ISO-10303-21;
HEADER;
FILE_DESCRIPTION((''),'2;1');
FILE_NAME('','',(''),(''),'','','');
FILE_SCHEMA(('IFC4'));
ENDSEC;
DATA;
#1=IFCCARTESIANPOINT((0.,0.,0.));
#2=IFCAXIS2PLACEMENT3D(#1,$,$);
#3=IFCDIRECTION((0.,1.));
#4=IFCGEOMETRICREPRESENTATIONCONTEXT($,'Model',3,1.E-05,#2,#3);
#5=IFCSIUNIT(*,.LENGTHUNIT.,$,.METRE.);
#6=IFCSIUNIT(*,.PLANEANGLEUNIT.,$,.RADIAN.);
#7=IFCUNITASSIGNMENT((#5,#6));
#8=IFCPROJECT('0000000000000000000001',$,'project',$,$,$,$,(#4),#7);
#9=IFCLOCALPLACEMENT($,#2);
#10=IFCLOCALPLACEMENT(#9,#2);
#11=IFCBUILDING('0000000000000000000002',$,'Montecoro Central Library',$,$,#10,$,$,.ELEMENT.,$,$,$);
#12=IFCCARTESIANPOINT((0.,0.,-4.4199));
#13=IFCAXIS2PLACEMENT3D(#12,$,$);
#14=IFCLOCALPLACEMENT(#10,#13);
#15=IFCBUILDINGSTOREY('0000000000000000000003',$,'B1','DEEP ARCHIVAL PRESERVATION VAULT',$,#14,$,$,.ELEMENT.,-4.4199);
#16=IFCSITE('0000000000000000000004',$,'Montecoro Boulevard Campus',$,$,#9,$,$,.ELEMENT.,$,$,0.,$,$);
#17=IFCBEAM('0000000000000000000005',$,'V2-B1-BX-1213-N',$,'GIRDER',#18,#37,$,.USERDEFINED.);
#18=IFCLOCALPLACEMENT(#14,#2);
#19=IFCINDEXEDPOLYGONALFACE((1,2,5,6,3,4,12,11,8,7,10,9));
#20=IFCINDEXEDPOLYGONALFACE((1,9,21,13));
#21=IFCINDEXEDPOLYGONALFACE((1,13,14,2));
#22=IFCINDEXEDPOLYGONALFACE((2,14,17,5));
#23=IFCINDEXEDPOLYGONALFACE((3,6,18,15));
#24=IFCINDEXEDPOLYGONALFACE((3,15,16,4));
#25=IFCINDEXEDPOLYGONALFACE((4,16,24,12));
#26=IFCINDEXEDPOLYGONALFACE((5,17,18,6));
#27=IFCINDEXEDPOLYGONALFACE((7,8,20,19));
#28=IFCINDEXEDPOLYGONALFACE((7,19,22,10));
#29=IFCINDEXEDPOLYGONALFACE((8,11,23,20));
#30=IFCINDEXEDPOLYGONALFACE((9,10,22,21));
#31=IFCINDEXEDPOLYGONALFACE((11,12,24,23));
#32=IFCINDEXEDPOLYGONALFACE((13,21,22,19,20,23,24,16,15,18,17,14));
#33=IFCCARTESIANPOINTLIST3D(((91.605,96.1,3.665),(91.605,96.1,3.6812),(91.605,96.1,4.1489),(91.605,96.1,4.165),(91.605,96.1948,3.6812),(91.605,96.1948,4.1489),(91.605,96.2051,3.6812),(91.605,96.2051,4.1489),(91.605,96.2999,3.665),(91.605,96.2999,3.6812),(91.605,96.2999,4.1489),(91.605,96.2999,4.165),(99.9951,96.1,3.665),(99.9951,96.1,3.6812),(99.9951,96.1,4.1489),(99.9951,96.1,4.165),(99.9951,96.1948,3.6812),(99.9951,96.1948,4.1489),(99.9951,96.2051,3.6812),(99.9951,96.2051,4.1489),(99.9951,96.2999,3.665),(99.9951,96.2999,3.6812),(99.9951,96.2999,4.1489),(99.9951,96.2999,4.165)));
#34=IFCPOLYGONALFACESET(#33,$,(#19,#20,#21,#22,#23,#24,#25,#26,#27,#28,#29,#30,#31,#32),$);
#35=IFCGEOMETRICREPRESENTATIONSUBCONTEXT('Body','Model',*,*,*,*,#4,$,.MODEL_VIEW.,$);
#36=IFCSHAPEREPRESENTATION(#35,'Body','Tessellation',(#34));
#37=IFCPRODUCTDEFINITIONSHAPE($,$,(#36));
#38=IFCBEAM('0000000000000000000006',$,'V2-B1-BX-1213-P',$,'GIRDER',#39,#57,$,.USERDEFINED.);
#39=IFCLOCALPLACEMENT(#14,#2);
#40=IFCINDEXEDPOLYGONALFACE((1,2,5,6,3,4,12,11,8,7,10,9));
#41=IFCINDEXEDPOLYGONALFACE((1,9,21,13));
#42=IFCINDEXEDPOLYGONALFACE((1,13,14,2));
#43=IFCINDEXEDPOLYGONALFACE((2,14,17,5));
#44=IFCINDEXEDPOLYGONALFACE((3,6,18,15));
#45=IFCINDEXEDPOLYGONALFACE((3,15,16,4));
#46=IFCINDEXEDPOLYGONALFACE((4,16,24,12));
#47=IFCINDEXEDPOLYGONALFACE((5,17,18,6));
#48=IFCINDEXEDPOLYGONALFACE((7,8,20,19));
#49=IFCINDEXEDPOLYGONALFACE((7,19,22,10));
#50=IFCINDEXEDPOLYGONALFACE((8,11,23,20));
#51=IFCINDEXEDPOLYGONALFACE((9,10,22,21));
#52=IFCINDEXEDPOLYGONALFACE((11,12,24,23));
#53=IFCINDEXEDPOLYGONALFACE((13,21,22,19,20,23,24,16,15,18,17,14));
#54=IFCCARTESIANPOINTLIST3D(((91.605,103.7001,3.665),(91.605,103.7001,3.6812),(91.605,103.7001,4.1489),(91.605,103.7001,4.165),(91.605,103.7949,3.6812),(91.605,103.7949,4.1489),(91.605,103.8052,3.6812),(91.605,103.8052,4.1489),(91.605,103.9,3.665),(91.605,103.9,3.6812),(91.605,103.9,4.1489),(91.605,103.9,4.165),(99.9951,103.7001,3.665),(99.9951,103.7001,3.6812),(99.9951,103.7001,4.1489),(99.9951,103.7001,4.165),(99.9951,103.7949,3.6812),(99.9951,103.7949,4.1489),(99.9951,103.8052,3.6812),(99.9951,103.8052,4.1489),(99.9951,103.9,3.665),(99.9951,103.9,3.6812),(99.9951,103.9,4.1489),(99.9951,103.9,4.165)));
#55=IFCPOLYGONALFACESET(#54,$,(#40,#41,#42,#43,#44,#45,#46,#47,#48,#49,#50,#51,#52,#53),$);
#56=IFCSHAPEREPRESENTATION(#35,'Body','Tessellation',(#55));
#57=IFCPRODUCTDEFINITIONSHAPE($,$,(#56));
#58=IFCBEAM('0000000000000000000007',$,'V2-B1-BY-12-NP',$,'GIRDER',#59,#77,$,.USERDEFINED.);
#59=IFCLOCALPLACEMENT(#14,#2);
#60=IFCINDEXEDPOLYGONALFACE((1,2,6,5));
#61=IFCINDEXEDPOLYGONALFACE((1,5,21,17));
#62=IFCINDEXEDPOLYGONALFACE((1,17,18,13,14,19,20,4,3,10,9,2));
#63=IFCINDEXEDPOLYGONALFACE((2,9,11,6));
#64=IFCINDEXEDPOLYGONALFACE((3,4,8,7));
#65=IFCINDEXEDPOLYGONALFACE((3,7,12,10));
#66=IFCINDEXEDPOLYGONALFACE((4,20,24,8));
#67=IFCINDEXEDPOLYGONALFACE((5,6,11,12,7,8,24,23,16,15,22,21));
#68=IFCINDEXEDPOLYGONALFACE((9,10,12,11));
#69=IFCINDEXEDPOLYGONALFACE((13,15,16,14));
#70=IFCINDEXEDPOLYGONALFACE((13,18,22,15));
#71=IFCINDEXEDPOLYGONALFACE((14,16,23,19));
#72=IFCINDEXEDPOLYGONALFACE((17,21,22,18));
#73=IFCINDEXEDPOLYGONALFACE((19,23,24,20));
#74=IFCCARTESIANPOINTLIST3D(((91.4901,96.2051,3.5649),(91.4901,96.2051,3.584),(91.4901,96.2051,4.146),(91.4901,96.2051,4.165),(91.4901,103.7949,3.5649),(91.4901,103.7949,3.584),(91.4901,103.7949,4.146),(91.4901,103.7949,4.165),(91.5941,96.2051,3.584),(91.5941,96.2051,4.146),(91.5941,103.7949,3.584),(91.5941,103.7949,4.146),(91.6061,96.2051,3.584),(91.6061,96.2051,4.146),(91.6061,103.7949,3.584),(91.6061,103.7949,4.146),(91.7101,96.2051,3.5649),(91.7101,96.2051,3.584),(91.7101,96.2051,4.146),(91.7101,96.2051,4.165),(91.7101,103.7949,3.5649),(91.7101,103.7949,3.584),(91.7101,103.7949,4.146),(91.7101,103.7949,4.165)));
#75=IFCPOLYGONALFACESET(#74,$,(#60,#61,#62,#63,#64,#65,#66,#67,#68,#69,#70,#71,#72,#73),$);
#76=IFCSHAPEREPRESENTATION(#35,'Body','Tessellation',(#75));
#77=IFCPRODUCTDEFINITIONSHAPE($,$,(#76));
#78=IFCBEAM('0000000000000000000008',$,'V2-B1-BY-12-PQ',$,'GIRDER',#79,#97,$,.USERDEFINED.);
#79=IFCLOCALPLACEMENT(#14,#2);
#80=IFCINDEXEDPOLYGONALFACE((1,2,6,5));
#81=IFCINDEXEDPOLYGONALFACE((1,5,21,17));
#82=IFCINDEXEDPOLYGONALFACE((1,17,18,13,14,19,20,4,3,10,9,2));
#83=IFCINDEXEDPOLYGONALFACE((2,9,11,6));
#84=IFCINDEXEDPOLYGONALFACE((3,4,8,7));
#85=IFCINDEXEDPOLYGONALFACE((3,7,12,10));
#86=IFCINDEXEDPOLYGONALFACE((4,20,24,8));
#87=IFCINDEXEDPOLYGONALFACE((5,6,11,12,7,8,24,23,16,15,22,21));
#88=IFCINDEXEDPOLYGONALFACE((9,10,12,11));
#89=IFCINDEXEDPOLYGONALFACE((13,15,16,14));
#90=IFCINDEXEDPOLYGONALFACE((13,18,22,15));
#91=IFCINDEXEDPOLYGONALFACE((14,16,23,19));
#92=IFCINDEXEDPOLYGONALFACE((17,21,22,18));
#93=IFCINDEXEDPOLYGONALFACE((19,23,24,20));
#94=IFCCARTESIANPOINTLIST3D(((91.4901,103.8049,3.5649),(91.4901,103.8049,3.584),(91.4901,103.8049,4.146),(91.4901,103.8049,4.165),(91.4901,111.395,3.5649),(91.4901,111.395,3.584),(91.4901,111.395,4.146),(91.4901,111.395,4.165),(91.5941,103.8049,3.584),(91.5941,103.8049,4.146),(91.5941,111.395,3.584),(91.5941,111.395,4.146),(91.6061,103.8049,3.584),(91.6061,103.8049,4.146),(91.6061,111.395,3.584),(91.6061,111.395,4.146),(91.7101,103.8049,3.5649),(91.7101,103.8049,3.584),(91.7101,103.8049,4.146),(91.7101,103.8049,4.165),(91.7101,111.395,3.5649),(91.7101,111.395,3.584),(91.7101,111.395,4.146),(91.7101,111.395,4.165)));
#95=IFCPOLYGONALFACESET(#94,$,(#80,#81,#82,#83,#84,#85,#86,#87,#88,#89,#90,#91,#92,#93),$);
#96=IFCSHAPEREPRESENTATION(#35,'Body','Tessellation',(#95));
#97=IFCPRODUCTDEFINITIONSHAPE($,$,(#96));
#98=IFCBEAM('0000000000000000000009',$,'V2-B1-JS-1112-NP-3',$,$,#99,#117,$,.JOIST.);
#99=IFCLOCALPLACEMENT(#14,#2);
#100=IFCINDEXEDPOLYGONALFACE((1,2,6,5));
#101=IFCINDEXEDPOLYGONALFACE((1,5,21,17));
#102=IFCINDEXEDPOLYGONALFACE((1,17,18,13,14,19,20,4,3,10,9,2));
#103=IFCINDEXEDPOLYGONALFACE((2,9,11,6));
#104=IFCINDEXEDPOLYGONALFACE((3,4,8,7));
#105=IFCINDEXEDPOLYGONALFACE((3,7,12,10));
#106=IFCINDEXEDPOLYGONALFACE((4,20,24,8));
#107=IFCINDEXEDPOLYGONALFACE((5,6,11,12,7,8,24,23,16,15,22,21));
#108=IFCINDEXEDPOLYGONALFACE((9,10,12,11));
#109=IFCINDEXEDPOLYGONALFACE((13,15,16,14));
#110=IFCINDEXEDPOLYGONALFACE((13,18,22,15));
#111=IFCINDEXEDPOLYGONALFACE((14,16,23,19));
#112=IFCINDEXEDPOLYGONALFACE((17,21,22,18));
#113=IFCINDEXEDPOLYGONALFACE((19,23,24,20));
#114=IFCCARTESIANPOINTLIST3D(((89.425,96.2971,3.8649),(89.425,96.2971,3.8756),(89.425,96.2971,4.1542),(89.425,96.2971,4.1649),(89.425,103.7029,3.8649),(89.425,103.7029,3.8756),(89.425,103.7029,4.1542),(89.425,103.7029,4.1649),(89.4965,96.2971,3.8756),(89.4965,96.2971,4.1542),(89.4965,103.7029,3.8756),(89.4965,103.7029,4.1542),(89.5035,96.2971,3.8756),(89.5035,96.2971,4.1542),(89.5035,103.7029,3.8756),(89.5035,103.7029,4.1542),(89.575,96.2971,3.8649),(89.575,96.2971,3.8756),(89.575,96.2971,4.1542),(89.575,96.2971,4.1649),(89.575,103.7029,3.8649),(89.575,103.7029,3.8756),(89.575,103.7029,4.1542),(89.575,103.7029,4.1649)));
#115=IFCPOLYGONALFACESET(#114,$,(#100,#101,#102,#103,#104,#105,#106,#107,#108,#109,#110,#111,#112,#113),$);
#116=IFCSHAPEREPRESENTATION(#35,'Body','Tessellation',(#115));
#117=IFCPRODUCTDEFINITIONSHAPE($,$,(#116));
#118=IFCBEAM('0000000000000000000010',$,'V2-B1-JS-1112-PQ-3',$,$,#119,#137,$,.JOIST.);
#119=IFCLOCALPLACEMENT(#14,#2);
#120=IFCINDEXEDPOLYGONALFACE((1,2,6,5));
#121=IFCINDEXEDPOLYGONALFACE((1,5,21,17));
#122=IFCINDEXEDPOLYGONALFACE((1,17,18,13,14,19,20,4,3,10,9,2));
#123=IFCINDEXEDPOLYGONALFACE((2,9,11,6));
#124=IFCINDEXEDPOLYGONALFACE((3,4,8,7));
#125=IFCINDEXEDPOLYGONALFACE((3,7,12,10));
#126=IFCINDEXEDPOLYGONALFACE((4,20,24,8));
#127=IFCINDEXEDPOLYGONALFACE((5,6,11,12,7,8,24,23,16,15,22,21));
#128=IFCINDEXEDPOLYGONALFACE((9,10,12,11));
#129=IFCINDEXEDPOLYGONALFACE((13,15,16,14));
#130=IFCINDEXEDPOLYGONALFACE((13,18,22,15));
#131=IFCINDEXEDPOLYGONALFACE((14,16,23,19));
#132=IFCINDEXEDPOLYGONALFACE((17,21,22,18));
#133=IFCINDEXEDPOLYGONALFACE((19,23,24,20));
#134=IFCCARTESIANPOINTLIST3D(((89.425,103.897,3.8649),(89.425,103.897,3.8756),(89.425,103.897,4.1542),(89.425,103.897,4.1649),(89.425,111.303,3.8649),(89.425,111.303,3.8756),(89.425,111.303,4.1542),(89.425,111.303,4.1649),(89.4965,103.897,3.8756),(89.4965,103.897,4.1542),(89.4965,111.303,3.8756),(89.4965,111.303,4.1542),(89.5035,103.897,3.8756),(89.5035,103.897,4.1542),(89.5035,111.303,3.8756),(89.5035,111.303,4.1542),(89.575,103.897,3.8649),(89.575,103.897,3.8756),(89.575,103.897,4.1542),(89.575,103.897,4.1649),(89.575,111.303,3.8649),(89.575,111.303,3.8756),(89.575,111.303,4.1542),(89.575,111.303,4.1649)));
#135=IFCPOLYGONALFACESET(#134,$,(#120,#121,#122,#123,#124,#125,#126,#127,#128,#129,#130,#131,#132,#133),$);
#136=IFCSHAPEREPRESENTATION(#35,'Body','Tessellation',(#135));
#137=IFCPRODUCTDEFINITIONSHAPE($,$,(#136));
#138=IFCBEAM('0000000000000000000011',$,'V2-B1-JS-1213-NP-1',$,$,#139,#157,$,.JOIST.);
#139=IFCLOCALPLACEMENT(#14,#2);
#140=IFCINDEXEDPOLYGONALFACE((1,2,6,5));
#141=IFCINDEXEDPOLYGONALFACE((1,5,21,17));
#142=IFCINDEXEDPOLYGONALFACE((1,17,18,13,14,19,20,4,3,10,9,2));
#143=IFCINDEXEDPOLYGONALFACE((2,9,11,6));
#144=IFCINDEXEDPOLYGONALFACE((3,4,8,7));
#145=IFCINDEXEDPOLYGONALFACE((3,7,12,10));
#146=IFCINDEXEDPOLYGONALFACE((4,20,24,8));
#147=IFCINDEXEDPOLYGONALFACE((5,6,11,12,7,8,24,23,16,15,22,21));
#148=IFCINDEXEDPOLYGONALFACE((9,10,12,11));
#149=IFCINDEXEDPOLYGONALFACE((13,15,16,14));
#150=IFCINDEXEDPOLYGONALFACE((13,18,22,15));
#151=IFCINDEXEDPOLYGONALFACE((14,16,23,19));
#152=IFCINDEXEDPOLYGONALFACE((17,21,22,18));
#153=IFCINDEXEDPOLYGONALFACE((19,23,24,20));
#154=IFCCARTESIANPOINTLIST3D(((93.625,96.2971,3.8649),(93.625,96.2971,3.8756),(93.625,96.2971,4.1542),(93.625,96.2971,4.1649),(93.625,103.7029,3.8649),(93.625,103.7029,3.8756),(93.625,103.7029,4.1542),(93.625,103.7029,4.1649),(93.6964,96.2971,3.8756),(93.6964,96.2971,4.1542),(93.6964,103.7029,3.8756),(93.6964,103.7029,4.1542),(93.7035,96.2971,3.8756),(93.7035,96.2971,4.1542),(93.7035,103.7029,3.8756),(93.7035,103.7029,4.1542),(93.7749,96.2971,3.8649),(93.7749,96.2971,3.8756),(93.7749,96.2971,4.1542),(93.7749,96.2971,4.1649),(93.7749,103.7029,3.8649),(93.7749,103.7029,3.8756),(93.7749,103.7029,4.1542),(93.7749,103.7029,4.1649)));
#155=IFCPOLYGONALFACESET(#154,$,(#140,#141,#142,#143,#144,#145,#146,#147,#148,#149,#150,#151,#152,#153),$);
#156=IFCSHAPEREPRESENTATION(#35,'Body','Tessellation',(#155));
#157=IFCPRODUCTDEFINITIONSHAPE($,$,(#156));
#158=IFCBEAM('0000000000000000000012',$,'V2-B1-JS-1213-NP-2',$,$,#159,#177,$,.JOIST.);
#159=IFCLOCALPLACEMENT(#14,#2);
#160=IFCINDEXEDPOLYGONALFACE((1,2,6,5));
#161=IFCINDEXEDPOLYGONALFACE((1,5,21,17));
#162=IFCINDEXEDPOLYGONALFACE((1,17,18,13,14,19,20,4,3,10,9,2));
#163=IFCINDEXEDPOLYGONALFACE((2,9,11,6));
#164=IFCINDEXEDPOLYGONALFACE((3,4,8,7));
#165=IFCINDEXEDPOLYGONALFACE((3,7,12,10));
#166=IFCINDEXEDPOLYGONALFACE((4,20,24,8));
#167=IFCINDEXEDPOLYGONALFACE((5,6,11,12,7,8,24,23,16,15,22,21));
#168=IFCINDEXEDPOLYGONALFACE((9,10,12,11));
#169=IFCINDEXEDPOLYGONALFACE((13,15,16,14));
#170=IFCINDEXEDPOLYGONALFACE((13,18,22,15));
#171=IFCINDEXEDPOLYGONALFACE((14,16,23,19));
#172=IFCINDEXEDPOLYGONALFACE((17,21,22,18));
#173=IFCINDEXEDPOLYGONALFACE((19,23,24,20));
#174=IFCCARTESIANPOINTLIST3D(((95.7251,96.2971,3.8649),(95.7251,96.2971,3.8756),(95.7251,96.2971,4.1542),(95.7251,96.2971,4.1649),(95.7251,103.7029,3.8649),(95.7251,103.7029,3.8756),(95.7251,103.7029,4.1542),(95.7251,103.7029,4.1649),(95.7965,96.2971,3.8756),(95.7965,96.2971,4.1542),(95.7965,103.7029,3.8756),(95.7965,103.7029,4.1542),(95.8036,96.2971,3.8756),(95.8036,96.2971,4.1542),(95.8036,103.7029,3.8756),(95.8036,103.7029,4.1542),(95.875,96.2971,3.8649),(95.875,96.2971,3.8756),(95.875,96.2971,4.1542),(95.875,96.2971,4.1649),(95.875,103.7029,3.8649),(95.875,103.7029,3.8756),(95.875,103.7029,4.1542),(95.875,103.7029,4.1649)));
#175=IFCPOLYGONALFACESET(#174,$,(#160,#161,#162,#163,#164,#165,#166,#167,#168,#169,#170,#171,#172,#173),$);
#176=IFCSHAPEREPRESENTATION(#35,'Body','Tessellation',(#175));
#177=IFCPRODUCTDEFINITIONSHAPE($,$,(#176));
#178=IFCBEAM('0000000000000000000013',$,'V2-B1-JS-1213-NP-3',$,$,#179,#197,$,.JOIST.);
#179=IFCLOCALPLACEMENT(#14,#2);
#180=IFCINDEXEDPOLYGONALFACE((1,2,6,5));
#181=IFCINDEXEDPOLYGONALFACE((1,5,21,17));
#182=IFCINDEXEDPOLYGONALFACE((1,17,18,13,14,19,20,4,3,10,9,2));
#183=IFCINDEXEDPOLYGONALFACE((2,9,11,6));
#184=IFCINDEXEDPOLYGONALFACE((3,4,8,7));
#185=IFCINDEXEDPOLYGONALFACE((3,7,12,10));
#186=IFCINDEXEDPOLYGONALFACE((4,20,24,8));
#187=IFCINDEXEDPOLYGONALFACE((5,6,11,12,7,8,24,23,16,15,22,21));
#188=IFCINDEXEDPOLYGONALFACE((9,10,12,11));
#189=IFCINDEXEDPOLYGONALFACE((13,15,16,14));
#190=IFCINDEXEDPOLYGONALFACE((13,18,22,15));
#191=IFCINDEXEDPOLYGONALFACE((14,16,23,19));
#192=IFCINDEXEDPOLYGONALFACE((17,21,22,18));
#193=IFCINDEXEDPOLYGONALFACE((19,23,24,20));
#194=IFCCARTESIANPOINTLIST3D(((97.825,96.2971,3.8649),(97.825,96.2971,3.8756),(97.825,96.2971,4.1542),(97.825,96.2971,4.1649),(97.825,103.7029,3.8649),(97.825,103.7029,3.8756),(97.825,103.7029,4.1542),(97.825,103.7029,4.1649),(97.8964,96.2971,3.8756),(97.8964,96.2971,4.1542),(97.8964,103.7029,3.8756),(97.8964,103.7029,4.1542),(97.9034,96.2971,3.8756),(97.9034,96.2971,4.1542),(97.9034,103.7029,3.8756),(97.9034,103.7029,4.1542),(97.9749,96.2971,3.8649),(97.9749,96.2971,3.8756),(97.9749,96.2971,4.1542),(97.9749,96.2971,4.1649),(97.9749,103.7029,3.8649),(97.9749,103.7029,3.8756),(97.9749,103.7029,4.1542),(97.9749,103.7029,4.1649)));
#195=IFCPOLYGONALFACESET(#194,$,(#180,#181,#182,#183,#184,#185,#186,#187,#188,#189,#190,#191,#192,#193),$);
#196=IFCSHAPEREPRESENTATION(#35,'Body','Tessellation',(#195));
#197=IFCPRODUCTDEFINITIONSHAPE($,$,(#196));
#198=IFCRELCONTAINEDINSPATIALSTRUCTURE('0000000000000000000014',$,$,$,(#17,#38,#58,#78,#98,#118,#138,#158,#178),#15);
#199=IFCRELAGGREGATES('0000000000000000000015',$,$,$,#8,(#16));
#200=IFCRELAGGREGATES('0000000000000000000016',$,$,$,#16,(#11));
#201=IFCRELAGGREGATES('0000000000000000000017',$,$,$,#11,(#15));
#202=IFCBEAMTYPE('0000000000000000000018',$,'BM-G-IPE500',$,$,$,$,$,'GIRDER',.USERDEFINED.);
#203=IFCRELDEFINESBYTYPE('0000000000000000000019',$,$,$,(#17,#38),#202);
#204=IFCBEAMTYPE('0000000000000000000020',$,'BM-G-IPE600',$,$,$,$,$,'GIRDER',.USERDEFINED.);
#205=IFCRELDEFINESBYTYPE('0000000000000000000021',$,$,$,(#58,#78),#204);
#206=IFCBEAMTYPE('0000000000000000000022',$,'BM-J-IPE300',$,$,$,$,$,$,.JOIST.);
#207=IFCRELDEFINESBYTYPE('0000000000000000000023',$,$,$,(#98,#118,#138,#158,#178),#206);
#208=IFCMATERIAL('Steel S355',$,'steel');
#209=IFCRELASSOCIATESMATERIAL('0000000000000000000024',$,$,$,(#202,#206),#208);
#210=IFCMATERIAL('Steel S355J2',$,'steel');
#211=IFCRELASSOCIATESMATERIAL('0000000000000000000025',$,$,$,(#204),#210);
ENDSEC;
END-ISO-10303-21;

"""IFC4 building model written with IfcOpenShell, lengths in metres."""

from ifc_helpers import new_model, si_unit, direction, frame, origin, origin_2d, place, context, subcontext, project, spatial, i_section, extrude, material, material_profile, profile_set, type_object, element, save


model = new_model("IFC4")

# Units and contexts
model_context = context("Model", 3, precision=1e-05, world=origin(), true_north=direction((0.0, 1.0)))
body_context = subcontext(model_context, "Body", "Model", "MODEL_VIEW")
ifc_project = project(units=[si_unit("LENGTHUNIT", "METRE"), si_unit("PLANEANGLEUNIT", "RADIAN")], contexts=[model_context])

# Site, building, storey
site_placement = place(None, origin())
site = spatial("IfcSite", under=ifc_project, at=site_placement, Name="Montecoro Boulevard Campus", CompositionType="ELEMENT", RefElevation=0.0)
building_placement = place(site_placement, origin())
building = spatial("IfcBuilding", under=site, at=building_placement, Name="Montecoro Central Library", CompositionType="ELEMENT")
storey_placement = place(building_placement, frame((0.0, 0.0, -4.4199)))
storey = spatial("IfcBuildingStorey", under=building, at=storey_placement, Name="B1", Description="DEEP ARCHIVAL PRESERVATION VAULT", CompositionType="ELEMENT", Elevation=-4.4199)

# Shared definitions
ifc_material_1 = material(Name="Steel S355J2", Category="steel")

# Beams
ifc_material_2 = material(Name="Steel S355", Category="steel")
ifc_material_profile_1 = material_profile(ifc_material_2, i_section(OverallWidth=0.2, OverallDepth=0.5, WebThickness=0.0103, FlangeThickness=0.0161, at=origin_2d()), Name="IPE 500")
ifc_profile_set_1 = profile_set([ifc_material_profile_1], Name="Steel S355")
beam_type_1 = type_object("IfcBeamType", Name="BM-G-IPE500", ElementType="GIRDER", PredefinedType="USERDEFINED", material=ifc_profile_set_1)
for number, where, z_axis, x_axis, name in (
    (1, (91.605, 96.2, 3.915), (1.0, 0.0, 0.0), (0.0, 1.0, 0.0), "V2-B1-BX-1213-N"),
    (2, (91.605, 103.8, 3.915), (1.0, 0.0, 0.0), (0.0, 1.0, 0.0), "V2-B1-BX-1213-P"),
):
    element("IfcBeam", number, at=place(storey_placement, frame(where, z_axis=z_axis, x_axis=x_axis)), inside=storey, type_object=beam_type_1, Name=name, ObjectType="GIRDER", PredefinedType="USERDEFINED", context=body_context, shape_type="SweptSolid", body=[
        extrude(i_section(OverallWidth=0.2, OverallDepth=0.5, WebThickness=0.0103, FlangeThickness=0.0161, at=origin_2d()), origin(), (0.0, 0.0, 1.0), 8.3901),
    ])
ifc_material_profile_2 = material_profile(ifc_material_1, i_section(OverallWidth=0.22, OverallDepth=0.6001, WebThickness=0.012, FlangeThickness=0.019, at=origin_2d()), Name="IPE 600")
ifc_profile_set_2 = profile_set([ifc_material_profile_2], Name="Steel S355J2")
beam_type_2 = type_object("IfcBeamType", Name="BM-G-IPE600", ElementType="GIRDER", PredefinedType="USERDEFINED", material=ifc_profile_set_2)
beam_1_placement = place(storey_placement, frame((91.6001, 96.2051, 3.865), z_axis=(0.0, 1.0, 0.0), x_axis=(-1.0, 0.0, 0.0)))
element("IfcBeam", 3, at=beam_1_placement, inside=storey, type_object=beam_type_2, Name="V2-B1-BY-12-NP", ObjectType="GIRDER", PredefinedType="USERDEFINED", context=body_context, shape_type="SweptSolid", body=[
    extrude(i_section(OverallWidth=0.22, OverallDepth=0.6001, WebThickness=0.012, FlangeThickness=0.019, at=origin_2d()), origin(), (0.0, 0.0, 1.0), 7.5898),
])
beam_2_placement = place(storey_placement, frame((91.6001, 103.8049, 3.865), z_axis=(0.0, 1.0, 0.0), x_axis=(-1.0, 0.0, 0.0)))
element("IfcBeam", 4, at=beam_2_placement, inside=storey, type_object=beam_type_2, Name="V2-B1-BY-12-PQ", ObjectType="GIRDER", PredefinedType="USERDEFINED", context=body_context, shape_type="SweptSolid", body=[
    extrude(i_section(OverallWidth=0.22, OverallDepth=0.6001, WebThickness=0.012, FlangeThickness=0.019, at=origin_2d()), origin(), (0.0, 0.0, 1.0), 7.5901),
])
ifc_material_profile_3 = material_profile(ifc_material_2, i_section(OverallWidth=0.1499, OverallDepth=0.3, WebThickness=0.0071, FlangeThickness=0.0107, at=origin_2d()), Name="IPE 300")
ifc_profile_set_3 = profile_set([ifc_material_profile_3], Name="Steel S355")
beam_type_3 = type_object("IfcBeamType", Name="BM-J-IPE300", PredefinedType="JOIST", material=ifc_profile_set_3)
beam_3_placement = place(storey_placement, frame((89.5, 96.2971, 4.0149), z_axis=(0.0, 1.0, 0.0), x_axis=(-1.0, 0.0, 0.0)))
element("IfcBeam", 5, at=beam_3_placement, inside=storey, type_object=beam_type_3, Name="V2-B1-JS-1112-NP-3", PredefinedType="JOIST", context=body_context, shape_type="SweptSolid", body=[
    extrude(i_section(OverallWidth=0.1499, OverallDepth=0.3, WebThickness=0.0071, FlangeThickness=0.0107, at=origin_2d()), origin(), (0.0, 0.0, 1.0), 7.4058),
])
beam_4_placement = place(storey_placement, frame((89.5, 103.897, 4.0149), z_axis=(0.0, 1.0, 0.0), x_axis=(-1.0, 0.0, 0.0)))
element("IfcBeam", 6, at=beam_4_placement, inside=storey, type_object=beam_type_3, Name="V2-B1-JS-1112-PQ-3", PredefinedType="JOIST", context=body_context, shape_type="SweptSolid", body=[
    extrude(i_section(OverallWidth=0.1499, OverallDepth=0.3, WebThickness=0.0071, FlangeThickness=0.0107, at=origin_2d()), origin(), (0.0, 0.0, 1.0), 7.406),
])
for number, where, z_axis, x_axis, name in (
    (7, (93.7, 96.2971, 4.0149), (0.0, 1.0, 0.0), (-1.0, 0.0, 0.0), "V2-B1-JS-1213-NP-1"),
    (8, (95.8, 96.2971, 4.0149), (0.0, 1.0, 0.0), (-1.0, 0.0, 0.0), "V2-B1-JS-1213-NP-2"),
    (9, (97.8999, 96.2971, 4.0149), (0.0, 1.0, 0.0), (-1.0, 0.0, 0.0), "V2-B1-JS-1213-NP-3"),
):
    element("IfcBeam", number, at=place(storey_placement, frame(where, z_axis=z_axis, x_axis=x_axis)), inside=storey, type_object=beam_type_3, Name=name, PredefinedType="JOIST", context=body_context, shape_type="SweptSolid", body=[
        extrude(i_section(OverallWidth=0.1499, OverallDepth=0.3, WebThickness=0.0071, FlangeThickness=0.0107, at=origin_2d()), origin(), (0.0, 0.0, 1.0), 7.4058),
    ])

save(model, "model.ifc")
